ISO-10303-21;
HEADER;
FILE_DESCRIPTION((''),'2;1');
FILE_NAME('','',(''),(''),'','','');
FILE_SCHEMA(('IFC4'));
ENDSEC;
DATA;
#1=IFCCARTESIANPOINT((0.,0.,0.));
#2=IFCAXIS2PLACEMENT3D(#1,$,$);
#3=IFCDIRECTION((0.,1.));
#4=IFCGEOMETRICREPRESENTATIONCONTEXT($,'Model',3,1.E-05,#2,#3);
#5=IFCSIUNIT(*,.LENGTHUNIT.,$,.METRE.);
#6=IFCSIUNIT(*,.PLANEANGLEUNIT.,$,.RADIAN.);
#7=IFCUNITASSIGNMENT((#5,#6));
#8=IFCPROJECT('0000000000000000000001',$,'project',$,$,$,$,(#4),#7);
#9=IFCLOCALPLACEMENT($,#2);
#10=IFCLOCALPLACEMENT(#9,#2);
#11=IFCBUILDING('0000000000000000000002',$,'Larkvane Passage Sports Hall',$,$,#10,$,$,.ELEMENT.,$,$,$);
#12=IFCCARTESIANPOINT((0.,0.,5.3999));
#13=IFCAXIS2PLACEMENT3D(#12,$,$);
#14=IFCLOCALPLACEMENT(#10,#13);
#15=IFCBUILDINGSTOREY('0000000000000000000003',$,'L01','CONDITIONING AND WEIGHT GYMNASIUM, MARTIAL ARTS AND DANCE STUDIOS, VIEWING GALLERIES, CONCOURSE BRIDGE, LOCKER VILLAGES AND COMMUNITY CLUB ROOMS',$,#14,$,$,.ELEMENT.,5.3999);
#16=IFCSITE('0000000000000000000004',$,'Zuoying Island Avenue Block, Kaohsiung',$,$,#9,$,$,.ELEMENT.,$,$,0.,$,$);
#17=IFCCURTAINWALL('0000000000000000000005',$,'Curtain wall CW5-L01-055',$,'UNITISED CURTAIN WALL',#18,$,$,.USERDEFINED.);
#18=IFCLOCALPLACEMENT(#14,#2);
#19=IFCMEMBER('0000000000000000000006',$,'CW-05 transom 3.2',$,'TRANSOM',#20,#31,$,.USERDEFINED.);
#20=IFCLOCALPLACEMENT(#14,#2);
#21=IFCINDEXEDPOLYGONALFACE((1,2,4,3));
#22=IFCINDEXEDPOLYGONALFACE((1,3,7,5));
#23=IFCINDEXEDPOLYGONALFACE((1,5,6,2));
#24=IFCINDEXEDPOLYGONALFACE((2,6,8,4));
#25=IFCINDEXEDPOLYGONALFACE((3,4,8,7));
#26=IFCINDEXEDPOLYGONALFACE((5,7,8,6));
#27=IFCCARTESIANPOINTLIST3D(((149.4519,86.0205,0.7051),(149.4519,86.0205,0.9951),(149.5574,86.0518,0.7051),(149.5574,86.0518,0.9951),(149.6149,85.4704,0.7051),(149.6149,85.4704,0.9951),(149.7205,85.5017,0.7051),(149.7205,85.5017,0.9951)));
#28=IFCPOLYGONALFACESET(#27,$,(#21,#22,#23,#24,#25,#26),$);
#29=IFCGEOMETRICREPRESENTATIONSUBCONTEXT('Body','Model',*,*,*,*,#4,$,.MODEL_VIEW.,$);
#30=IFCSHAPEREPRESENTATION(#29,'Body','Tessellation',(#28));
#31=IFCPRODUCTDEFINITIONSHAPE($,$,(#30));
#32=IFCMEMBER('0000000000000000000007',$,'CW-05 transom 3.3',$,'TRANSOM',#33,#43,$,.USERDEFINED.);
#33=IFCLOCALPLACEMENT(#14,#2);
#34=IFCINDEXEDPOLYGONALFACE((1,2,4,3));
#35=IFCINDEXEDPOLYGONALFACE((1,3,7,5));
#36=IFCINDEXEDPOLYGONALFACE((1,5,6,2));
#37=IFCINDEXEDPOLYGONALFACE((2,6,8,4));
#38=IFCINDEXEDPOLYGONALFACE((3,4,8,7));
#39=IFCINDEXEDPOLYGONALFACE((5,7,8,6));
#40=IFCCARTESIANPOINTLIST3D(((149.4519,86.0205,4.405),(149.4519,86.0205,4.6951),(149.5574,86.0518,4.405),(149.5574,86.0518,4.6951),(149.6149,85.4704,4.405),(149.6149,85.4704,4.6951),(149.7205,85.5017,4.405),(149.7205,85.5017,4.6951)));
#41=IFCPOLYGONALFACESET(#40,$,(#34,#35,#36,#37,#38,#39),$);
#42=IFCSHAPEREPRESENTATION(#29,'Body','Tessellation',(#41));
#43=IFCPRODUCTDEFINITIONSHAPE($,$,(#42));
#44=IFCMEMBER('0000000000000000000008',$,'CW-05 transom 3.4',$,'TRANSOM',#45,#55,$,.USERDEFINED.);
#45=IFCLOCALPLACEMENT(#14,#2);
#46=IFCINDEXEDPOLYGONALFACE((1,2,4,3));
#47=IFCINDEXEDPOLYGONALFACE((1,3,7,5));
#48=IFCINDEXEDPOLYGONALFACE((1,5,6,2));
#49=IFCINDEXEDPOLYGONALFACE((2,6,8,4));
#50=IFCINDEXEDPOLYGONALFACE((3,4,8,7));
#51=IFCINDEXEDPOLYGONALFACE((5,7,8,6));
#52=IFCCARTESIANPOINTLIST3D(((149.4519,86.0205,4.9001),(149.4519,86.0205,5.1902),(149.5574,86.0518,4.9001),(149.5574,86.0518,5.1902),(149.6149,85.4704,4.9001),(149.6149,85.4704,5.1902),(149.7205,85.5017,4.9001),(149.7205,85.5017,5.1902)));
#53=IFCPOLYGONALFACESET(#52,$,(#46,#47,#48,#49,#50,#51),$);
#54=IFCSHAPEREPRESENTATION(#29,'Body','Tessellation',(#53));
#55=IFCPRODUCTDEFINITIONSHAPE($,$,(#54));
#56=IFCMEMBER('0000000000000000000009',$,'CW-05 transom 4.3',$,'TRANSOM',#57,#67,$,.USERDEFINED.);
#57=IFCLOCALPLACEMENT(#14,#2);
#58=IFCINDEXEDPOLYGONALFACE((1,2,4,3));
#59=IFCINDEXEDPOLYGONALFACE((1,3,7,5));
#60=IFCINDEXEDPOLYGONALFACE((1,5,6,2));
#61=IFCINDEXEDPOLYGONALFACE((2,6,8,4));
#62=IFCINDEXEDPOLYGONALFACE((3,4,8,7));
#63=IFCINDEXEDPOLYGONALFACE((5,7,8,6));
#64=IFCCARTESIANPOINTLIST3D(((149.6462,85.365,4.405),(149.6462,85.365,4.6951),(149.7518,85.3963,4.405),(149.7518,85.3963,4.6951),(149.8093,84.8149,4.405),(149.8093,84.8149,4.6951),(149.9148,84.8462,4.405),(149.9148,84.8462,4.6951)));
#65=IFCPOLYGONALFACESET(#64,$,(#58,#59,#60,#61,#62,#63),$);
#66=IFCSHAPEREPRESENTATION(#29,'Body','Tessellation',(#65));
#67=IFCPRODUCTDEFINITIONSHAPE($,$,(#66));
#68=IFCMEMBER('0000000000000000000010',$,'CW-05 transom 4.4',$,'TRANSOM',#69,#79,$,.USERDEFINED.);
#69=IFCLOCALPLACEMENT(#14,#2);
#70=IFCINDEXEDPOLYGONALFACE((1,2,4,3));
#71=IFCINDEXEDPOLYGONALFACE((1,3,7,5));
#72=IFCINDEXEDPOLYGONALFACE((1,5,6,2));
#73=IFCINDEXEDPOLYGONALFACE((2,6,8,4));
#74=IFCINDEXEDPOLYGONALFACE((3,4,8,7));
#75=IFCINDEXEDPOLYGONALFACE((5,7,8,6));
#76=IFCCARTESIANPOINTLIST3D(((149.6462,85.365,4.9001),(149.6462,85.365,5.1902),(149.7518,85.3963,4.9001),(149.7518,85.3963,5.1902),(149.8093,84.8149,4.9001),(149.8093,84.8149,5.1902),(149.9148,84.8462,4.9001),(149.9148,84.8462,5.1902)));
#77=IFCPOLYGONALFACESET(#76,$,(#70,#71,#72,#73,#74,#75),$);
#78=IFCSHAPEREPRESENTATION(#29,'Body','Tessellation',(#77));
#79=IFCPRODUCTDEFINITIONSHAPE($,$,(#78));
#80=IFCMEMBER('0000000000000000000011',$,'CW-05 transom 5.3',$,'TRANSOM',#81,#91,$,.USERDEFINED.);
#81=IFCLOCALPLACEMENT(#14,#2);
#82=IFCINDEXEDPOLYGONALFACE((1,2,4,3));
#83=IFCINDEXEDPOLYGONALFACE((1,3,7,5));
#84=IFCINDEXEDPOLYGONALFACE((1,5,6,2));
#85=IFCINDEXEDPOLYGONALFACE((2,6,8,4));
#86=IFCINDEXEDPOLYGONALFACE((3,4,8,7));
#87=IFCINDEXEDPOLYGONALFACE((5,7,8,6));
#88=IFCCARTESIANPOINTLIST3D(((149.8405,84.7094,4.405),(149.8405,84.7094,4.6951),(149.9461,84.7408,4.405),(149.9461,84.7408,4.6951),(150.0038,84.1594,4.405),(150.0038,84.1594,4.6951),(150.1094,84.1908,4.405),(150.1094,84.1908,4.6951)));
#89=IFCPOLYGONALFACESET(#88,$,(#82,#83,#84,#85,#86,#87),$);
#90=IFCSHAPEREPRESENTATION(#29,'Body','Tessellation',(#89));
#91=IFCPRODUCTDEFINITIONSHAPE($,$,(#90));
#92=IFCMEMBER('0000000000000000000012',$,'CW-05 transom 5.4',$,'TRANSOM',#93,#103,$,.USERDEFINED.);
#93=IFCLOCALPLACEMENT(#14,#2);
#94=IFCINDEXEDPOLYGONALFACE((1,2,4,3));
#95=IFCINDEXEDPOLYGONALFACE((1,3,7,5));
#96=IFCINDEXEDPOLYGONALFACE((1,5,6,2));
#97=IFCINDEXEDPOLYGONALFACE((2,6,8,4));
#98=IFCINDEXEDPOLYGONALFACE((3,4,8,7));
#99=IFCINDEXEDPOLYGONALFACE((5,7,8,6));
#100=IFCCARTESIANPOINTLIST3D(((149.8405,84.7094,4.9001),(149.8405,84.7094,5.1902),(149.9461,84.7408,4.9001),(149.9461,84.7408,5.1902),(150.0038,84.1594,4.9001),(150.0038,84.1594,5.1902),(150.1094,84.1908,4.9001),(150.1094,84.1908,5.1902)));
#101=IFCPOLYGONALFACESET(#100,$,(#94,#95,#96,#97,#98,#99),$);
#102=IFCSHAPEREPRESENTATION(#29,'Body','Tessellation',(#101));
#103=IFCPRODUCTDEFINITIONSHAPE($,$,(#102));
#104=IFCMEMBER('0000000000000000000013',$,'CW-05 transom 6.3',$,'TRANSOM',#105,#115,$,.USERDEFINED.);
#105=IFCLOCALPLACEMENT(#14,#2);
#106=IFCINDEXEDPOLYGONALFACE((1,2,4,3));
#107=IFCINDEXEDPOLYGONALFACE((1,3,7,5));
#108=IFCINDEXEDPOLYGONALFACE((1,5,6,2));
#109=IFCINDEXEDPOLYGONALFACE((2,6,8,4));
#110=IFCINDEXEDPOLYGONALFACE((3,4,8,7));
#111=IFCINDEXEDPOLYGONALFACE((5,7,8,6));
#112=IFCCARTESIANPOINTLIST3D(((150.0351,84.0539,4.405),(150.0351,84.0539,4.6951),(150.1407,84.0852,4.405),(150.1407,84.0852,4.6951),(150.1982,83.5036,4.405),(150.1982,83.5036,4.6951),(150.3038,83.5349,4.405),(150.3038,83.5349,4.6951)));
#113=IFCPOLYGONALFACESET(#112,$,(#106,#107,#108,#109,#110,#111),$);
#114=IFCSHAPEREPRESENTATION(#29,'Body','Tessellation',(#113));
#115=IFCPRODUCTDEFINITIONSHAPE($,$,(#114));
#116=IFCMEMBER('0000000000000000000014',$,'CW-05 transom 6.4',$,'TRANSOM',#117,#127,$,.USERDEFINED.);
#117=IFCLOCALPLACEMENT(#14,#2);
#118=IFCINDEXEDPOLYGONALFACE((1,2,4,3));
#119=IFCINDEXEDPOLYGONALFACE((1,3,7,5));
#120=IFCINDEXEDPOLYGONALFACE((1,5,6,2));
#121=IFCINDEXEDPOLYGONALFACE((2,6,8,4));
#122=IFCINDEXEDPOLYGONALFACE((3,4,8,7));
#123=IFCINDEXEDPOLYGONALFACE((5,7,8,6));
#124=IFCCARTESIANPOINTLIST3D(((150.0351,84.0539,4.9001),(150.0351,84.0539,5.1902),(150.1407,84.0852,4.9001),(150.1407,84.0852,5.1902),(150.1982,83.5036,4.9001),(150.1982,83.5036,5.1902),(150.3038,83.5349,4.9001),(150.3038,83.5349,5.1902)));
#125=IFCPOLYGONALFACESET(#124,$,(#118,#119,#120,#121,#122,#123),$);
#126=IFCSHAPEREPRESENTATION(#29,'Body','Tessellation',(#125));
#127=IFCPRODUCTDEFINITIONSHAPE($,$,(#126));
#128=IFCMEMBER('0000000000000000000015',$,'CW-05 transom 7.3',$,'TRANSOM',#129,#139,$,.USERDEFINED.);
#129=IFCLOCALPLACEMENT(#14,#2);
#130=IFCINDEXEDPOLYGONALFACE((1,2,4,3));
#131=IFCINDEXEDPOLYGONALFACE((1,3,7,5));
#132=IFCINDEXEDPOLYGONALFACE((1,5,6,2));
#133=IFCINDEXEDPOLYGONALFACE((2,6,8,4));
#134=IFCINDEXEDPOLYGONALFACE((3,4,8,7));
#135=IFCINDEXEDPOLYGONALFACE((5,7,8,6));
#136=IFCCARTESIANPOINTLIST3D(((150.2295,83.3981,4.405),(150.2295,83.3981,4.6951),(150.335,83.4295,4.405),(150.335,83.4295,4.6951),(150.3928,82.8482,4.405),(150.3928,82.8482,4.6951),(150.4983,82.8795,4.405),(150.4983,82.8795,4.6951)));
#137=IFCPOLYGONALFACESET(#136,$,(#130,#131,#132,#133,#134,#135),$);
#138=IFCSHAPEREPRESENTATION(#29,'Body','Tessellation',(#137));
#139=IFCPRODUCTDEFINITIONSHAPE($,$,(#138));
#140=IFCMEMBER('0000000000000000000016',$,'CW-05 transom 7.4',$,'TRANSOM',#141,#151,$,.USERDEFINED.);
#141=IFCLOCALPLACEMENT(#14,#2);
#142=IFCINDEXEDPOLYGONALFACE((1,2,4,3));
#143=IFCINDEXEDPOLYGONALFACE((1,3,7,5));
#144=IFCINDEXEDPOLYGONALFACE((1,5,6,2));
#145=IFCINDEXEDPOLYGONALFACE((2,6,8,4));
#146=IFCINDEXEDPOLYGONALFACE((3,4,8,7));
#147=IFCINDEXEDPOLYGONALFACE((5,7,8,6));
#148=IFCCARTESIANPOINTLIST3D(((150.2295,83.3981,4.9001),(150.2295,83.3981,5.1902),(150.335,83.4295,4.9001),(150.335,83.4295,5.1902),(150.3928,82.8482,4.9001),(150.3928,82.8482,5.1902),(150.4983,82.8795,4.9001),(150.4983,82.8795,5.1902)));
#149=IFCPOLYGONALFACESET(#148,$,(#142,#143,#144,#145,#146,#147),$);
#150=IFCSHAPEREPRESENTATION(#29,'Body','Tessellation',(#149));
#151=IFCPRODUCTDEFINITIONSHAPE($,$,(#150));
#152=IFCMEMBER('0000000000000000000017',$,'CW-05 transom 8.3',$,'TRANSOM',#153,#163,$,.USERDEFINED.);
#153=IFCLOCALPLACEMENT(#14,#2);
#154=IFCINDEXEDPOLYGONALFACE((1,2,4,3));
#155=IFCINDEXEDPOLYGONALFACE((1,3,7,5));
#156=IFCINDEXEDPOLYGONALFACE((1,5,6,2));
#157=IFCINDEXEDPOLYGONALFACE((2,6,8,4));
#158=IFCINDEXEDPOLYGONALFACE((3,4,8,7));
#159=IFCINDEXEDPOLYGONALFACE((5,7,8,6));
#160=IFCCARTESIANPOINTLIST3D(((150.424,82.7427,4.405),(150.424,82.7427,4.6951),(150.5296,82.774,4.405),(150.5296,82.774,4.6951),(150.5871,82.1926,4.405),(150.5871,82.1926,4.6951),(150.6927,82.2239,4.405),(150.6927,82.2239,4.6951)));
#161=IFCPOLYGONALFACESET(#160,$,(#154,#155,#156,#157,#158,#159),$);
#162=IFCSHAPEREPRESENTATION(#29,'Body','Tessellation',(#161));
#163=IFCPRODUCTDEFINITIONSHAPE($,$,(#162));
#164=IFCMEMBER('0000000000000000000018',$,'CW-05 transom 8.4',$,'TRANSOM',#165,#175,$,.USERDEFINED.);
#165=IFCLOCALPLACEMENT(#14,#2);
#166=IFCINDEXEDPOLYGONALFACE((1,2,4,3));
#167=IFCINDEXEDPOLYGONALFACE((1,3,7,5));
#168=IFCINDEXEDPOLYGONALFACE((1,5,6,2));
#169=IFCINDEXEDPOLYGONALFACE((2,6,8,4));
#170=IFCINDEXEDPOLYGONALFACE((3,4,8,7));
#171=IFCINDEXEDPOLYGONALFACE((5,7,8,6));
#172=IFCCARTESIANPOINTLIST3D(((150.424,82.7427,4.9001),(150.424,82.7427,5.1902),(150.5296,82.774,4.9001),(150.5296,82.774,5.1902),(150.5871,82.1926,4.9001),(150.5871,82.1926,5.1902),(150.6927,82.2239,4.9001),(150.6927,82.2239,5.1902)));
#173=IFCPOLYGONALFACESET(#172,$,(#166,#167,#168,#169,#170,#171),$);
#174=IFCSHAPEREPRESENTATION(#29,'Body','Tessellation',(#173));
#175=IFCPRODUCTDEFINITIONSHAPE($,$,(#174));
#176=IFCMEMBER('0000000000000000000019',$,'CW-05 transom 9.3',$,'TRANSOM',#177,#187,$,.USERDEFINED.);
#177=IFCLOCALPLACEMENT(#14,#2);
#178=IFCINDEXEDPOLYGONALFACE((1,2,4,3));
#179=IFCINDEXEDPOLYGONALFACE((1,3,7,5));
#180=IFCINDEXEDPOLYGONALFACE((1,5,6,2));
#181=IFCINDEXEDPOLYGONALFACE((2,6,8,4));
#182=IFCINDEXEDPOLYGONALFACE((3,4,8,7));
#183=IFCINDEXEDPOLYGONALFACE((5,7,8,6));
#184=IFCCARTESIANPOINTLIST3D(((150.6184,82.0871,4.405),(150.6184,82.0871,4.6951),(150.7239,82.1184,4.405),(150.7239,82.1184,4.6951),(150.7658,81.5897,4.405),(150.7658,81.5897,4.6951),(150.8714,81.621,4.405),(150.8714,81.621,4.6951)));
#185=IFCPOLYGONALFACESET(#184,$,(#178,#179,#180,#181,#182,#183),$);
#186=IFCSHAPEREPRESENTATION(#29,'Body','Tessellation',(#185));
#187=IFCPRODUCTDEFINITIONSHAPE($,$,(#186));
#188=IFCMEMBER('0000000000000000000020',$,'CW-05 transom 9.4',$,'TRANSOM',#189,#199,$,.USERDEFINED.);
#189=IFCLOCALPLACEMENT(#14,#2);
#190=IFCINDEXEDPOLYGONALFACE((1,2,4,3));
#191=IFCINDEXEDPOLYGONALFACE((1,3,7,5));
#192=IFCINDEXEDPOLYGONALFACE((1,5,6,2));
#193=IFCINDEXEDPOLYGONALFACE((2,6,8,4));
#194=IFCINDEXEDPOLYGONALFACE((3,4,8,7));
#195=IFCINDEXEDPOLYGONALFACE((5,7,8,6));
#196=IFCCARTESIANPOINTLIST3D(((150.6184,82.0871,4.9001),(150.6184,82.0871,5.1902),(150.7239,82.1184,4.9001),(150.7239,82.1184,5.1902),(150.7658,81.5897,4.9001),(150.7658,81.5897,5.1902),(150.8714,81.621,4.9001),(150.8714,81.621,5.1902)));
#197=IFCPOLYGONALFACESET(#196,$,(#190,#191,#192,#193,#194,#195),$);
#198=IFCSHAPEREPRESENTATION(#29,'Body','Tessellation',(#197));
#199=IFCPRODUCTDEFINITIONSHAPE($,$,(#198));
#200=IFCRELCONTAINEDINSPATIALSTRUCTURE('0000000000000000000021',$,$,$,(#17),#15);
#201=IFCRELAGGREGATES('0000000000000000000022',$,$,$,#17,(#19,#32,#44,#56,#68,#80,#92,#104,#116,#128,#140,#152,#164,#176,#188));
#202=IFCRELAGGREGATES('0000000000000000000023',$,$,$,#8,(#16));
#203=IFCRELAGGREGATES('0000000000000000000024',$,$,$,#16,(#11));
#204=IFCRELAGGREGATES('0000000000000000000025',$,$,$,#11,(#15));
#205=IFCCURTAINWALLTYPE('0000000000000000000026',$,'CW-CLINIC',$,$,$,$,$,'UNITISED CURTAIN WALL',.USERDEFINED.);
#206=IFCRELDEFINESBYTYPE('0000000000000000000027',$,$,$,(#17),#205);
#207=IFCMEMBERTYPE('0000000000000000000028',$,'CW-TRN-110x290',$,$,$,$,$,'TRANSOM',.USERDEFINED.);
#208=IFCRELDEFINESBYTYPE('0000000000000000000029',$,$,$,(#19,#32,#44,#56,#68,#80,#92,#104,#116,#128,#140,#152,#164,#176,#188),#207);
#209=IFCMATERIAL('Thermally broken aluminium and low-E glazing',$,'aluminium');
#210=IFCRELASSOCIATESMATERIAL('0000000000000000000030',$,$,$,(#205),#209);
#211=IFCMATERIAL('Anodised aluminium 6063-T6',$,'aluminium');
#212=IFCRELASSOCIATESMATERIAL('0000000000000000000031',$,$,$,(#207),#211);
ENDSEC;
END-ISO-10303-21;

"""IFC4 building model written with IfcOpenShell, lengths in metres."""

from ifc_helpers import new_model, si_unit, direction, frame, origin, origin_2d, place, context, subcontext, project, spatial, rectangle, extrude, material, material_profile, profile_set, type_object, element, aggregate, save


model = new_model("IFC4")

# Units and contexts
model_context = context("Model", 3, precision=1e-05, world=origin(), true_north=direction((0.0, 1.0)))
body_context = subcontext(model_context, "Body", "Model", "MODEL_VIEW")
ifc_project = project(units=[si_unit("LENGTHUNIT", "METRE"), si_unit("PLANEANGLEUNIT", "RADIAN")], contexts=[model_context])

# Site, building, storey
site_placement = place(None, origin())
site = spatial("IfcSite", under=ifc_project, at=site_placement, Name="Zuoying Island Avenue Block, Kaohsiung", CompositionType="ELEMENT", RefElevation=0.0)
building_placement = place(site_placement, origin())
building = spatial("IfcBuilding", under=site, at=building_placement, Name="Larkvane Passage Sports Hall", CompositionType="ELEMENT")
storey_placement = place(building_placement, frame((0.0, 0.0, 5.3999)))
storey = spatial("IfcBuildingStorey", under=building, at=storey_placement, Name="L01", Description="CONDITIONING AND WEIGHT GYMNASIUM, MARTIAL ARTS AND DANCE STUDIOS, VIEWING GALLERIES, CONCOURSE BRIDGE, LOCKER VILLAGES AND COMMUNITY CLUB ROOMS", CompositionType="ELEMENT", Elevation=5.3999)

# Curtain wall, members
ifc_material_1 = material(Name="Thermally broken aluminium and low-E glazing", Category="aluminium")
curtain_wall_type = type_object("IfcCurtainWallType", Name="CW-CLINIC", ElementType="UNITISED CURTAIN WALL", PredefinedType="USERDEFINED", material=ifc_material_1)
curtain_wall_placement = place(storey_placement, origin())
curtain_wall = element("IfcCurtainWall", 1, at=curtain_wall_placement, inside=storey, type_object=curtain_wall_type, Name="Curtain wall CW5-L01-055", ObjectType="UNITISED CURTAIN WALL", PredefinedType="USERDEFINED")
ifc_material_2 = material(Name="Anodised aluminium 6063-T6", Category="aluminium")
ifc_material_profile = material_profile(ifc_material_2, rectangle(XDim=0.1101, YDim=0.29, at=origin_2d()), Name="ALU-TRN-110x290")
ifc_profile_set = profile_set([ifc_material_profile], Name="Anodised aluminium 6063-T6")
member_type = type_object("IfcMemberType", Name="CW-TRN-110x290", ElementType="TRANSOM", PredefinedType="USERDEFINED", material=ifc_profile_set)
member_1_placement = place(storey_placement, frame((149.5046, 86.0361, 0.8501), z_axis=(0.284262, -0.958747, 0.0), x_axis=(0.958747, 0.284262, 0.0)))
member_1 = element("IfcMember", 2, at=member_1_placement, type_object=member_type, Name="CW-05 transom 3.2", ObjectType="TRANSOM", PredefinedType="USERDEFINED", context=body_context, shape_type="SweptSolid", body=[
    extrude(rectangle(XDim=0.1101, YDim=0.29, at=origin_2d()), origin(), (0.0, 0.0, 1.0), 0.5737),
])
member_2_placement = place(storey_placement, frame((149.5046, 86.0361, 4.55), z_axis=(0.284262, -0.958747, 0.0), x_axis=(0.958747, 0.284262, 0.0)))
member_2 = element("IfcMember", 3, at=member_2_placement, type_object=member_type, Name="CW-05 transom 3.3", ObjectType="TRANSOM", PredefinedType="USERDEFINED", context=body_context, shape_type="SweptSolid", body=[
    extrude(rectangle(XDim=0.1101, YDim=0.29, at=origin_2d()), origin(), (0.0, 0.0, 1.0), 0.5737),
])
member_3_placement = place(storey_placement, frame((149.5046, 86.0361, 5.0452), z_axis=(0.284262, -0.958747, 0.0), x_axis=(0.958747, 0.284262, 0.0)))
member_3 = element("IfcMember", 4, at=member_3_placement, type_object=member_type, Name="CW-05 transom 3.4", ObjectType="TRANSOM", PredefinedType="USERDEFINED", context=body_context, shape_type="SweptSolid", body=[
    extrude(rectangle(XDim=0.1101, YDim=0.29, at=origin_2d()), origin(), (0.0, 0.0, 1.0), 0.5737),
])
member_4_placement = place(storey_placement, frame((149.699, 85.3806, 4.55), z_axis=(0.284262, -0.958747, 0.0), x_axis=(0.958747, 0.284262, 0.0)))
member_4 = element("IfcMember", 5, at=member_4_placement, type_object=member_type, Name="CW-05 transom 4.3", ObjectType="TRANSOM", PredefinedType="USERDEFINED", context=body_context, shape_type="SweptSolid", body=[
    extrude(rectangle(XDim=0.1101, YDim=0.29, at=origin_2d()), origin(), (0.0, 0.0, 1.0), 0.5737),
])
member_5_placement = place(storey_placement, frame((149.699, 85.3806, 5.0452), z_axis=(0.284262, -0.958747, 0.0), x_axis=(0.958747, 0.284262, 0.0)))
member_5 = element("IfcMember", 6, at=member_5_placement, type_object=member_type, Name="CW-05 transom 4.4", ObjectType="TRANSOM", PredefinedType="USERDEFINED", context=body_context, shape_type="SweptSolid", body=[
    extrude(rectangle(XDim=0.1101, YDim=0.29, at=origin_2d()), origin(), (0.0, 0.0, 1.0), 0.5737),
])
member_6_placement = place(storey_placement, frame((149.8933, 84.7251, 4.55), z_axis=(0.284653, -0.958631, 0.0), x_axis=(0.958631, 0.284653, 0.0)))
member_6 = element("IfcMember", 7, at=member_6_placement, type_object=member_type, Name="CW-05 transom 5.3", ObjectType="TRANSOM", PredefinedType="USERDEFINED", context=body_context, shape_type="SweptSolid", body=[
    extrude(rectangle(XDim=0.1101, YDim=0.29, at=origin_2d()), origin(), (0.0, 0.0, 1.0), 0.5737),
])
member_7_placement = place(storey_placement, frame((149.8933, 84.7251, 5.0452), z_axis=(0.284653, -0.958631, 0.0), x_axis=(0.958631, 0.284653, 0.0)))
member_7 = element("IfcMember", 8, at=member_7_placement, type_object=member_type, Name="CW-05 transom 5.4", ObjectType="TRANSOM", PredefinedType="USERDEFINED", context=body_context, shape_type="SweptSolid", body=[
    extrude(rectangle(XDim=0.1101, YDim=0.29, at=origin_2d()), origin(), (0.0, 0.0, 1.0), 0.5737),
])
member_8_placement = place(storey_placement, frame((150.0879, 84.0696, 4.55), z_axis=(0.284146, -0.958781, 0.0), x_axis=(0.958781, 0.284146, 0.0)))
member_8 = element("IfcMember", 9, at=member_8_placement, type_object=member_type, Name="CW-05 transom 6.3", ObjectType="TRANSOM", PredefinedType="USERDEFINED", context=body_context, shape_type="SweptSolid", body=[
    extrude(rectangle(XDim=0.1101, YDim=0.29, at=origin_2d()), origin(), (0.0, 0.0, 1.0), 0.574),
])
member_9_placement = place(storey_placement, frame((150.0879, 84.0696, 5.0452), z_axis=(0.284146, -0.958781, 0.0), x_axis=(0.958781, 0.284146, 0.0)))
member_9 = element("IfcMember", 10, at=member_9_placement, type_object=member_type, Name="CW-05 transom 6.4", ObjectType="TRANSOM", PredefinedType="USERDEFINED", context=body_context, shape_type="SweptSolid", body=[
    extrude(rectangle(XDim=0.1101, YDim=0.29, at=origin_2d()), origin(), (0.0, 0.0, 1.0), 0.574),
])
member_10_placement = place(storey_placement, frame((150.2822, 83.4138, 4.55), z_axis=(0.284653, -0.958631, 0.0), x_axis=(0.958631, 0.284653, 0.0)))
member_10 = element("IfcMember", 11, at=member_10_placement, type_object=member_type, Name="CW-05 transom 7.3", ObjectType="TRANSOM", PredefinedType="USERDEFINED", context=body_context, shape_type="SweptSolid", body=[
    extrude(rectangle(XDim=0.1101, YDim=0.29, at=origin_2d()), origin(), (0.0, 0.0, 1.0), 0.5737),
])
member_11_placement = place(storey_placement, frame((150.2822, 83.4138, 5.0452), z_axis=(0.284653, -0.958631, 0.0), x_axis=(0.958631, 0.284653, 0.0)))
member_11 = element("IfcMember", 12, at=member_11_placement, type_object=member_type, Name="CW-05 transom 7.4", ObjectType="TRANSOM", PredefinedType="USERDEFINED", context=body_context, shape_type="SweptSolid", body=[
    extrude(rectangle(XDim=0.1101, YDim=0.29, at=origin_2d()), origin(), (0.0, 0.0, 1.0), 0.5737),
])
member_12_placement = place(storey_placement, frame((150.4768, 82.7583, 4.55), z_axis=(0.284262, -0.958747, 0.0), x_axis=(0.958747, 0.284262, 0.0)))
member_12 = element("IfcMember", 13, at=member_12_placement, type_object=member_type, Name="CW-05 transom 8.3", ObjectType="TRANSOM", PredefinedType="USERDEFINED", context=body_context, shape_type="SweptSolid", body=[
    extrude(rectangle(XDim=0.1101, YDim=0.29, at=origin_2d()), origin(), (0.0, 0.0, 1.0), 0.5737),
])
member_13_placement = place(storey_placement, frame((150.4768, 82.7583, 5.0452), z_axis=(0.284262, -0.958747, 0.0), x_axis=(0.958747, 0.284262, 0.0)))
member_13 = element("IfcMember", 14, at=member_13_placement, type_object=member_type, Name="CW-05 transom 8.4", ObjectType="TRANSOM", PredefinedType="USERDEFINED", context=body_context, shape_type="SweptSolid", body=[
    extrude(rectangle(XDim=0.1101, YDim=0.29, at=origin_2d()), origin(), (0.0, 0.0, 1.0), 0.5737),
])
member_14_placement = place(storey_placement, frame((150.6711, 82.1028, 4.55), z_axis=(0.284281, -0.958741, 0.0), x_axis=(0.958741, 0.284281, 0.0)))
member_14 = element("IfcMember", 15, at=member_14_placement, type_object=member_type, Name="CW-05 transom 9.3", ObjectType="TRANSOM", PredefinedType="USERDEFINED", context=body_context, shape_type="SweptSolid", body=[
    extrude(rectangle(XDim=0.1101, YDim=0.29, at=origin_2d()), origin(), (0.0, 0.0, 1.0), 0.5188),
])
member_15_placement = place(storey_placement, frame((150.6711, 82.1028, 5.0452), z_axis=(0.284281, -0.958741, 0.0), x_axis=(0.958741, 0.284281, 0.0)))
member_15 = element("IfcMember", 16, at=member_15_placement, type_object=member_type, Name="CW-05 transom 9.4", ObjectType="TRANSOM", PredefinedType="USERDEFINED", context=body_context, shape_type="SweptSolid", body=[
    extrude(rectangle(XDim=0.1101, YDim=0.29, at=origin_2d()), origin(), (0.0, 0.0, 1.0), 0.5188),
])
aggregate(curtain_wall, [member_1, member_2, member_3, member_4, member_5, member_6, member_7, member_8, member_9, member_10, member_11, member_12, member_13, member_14, member_15])

save(model, "model.ifc")
